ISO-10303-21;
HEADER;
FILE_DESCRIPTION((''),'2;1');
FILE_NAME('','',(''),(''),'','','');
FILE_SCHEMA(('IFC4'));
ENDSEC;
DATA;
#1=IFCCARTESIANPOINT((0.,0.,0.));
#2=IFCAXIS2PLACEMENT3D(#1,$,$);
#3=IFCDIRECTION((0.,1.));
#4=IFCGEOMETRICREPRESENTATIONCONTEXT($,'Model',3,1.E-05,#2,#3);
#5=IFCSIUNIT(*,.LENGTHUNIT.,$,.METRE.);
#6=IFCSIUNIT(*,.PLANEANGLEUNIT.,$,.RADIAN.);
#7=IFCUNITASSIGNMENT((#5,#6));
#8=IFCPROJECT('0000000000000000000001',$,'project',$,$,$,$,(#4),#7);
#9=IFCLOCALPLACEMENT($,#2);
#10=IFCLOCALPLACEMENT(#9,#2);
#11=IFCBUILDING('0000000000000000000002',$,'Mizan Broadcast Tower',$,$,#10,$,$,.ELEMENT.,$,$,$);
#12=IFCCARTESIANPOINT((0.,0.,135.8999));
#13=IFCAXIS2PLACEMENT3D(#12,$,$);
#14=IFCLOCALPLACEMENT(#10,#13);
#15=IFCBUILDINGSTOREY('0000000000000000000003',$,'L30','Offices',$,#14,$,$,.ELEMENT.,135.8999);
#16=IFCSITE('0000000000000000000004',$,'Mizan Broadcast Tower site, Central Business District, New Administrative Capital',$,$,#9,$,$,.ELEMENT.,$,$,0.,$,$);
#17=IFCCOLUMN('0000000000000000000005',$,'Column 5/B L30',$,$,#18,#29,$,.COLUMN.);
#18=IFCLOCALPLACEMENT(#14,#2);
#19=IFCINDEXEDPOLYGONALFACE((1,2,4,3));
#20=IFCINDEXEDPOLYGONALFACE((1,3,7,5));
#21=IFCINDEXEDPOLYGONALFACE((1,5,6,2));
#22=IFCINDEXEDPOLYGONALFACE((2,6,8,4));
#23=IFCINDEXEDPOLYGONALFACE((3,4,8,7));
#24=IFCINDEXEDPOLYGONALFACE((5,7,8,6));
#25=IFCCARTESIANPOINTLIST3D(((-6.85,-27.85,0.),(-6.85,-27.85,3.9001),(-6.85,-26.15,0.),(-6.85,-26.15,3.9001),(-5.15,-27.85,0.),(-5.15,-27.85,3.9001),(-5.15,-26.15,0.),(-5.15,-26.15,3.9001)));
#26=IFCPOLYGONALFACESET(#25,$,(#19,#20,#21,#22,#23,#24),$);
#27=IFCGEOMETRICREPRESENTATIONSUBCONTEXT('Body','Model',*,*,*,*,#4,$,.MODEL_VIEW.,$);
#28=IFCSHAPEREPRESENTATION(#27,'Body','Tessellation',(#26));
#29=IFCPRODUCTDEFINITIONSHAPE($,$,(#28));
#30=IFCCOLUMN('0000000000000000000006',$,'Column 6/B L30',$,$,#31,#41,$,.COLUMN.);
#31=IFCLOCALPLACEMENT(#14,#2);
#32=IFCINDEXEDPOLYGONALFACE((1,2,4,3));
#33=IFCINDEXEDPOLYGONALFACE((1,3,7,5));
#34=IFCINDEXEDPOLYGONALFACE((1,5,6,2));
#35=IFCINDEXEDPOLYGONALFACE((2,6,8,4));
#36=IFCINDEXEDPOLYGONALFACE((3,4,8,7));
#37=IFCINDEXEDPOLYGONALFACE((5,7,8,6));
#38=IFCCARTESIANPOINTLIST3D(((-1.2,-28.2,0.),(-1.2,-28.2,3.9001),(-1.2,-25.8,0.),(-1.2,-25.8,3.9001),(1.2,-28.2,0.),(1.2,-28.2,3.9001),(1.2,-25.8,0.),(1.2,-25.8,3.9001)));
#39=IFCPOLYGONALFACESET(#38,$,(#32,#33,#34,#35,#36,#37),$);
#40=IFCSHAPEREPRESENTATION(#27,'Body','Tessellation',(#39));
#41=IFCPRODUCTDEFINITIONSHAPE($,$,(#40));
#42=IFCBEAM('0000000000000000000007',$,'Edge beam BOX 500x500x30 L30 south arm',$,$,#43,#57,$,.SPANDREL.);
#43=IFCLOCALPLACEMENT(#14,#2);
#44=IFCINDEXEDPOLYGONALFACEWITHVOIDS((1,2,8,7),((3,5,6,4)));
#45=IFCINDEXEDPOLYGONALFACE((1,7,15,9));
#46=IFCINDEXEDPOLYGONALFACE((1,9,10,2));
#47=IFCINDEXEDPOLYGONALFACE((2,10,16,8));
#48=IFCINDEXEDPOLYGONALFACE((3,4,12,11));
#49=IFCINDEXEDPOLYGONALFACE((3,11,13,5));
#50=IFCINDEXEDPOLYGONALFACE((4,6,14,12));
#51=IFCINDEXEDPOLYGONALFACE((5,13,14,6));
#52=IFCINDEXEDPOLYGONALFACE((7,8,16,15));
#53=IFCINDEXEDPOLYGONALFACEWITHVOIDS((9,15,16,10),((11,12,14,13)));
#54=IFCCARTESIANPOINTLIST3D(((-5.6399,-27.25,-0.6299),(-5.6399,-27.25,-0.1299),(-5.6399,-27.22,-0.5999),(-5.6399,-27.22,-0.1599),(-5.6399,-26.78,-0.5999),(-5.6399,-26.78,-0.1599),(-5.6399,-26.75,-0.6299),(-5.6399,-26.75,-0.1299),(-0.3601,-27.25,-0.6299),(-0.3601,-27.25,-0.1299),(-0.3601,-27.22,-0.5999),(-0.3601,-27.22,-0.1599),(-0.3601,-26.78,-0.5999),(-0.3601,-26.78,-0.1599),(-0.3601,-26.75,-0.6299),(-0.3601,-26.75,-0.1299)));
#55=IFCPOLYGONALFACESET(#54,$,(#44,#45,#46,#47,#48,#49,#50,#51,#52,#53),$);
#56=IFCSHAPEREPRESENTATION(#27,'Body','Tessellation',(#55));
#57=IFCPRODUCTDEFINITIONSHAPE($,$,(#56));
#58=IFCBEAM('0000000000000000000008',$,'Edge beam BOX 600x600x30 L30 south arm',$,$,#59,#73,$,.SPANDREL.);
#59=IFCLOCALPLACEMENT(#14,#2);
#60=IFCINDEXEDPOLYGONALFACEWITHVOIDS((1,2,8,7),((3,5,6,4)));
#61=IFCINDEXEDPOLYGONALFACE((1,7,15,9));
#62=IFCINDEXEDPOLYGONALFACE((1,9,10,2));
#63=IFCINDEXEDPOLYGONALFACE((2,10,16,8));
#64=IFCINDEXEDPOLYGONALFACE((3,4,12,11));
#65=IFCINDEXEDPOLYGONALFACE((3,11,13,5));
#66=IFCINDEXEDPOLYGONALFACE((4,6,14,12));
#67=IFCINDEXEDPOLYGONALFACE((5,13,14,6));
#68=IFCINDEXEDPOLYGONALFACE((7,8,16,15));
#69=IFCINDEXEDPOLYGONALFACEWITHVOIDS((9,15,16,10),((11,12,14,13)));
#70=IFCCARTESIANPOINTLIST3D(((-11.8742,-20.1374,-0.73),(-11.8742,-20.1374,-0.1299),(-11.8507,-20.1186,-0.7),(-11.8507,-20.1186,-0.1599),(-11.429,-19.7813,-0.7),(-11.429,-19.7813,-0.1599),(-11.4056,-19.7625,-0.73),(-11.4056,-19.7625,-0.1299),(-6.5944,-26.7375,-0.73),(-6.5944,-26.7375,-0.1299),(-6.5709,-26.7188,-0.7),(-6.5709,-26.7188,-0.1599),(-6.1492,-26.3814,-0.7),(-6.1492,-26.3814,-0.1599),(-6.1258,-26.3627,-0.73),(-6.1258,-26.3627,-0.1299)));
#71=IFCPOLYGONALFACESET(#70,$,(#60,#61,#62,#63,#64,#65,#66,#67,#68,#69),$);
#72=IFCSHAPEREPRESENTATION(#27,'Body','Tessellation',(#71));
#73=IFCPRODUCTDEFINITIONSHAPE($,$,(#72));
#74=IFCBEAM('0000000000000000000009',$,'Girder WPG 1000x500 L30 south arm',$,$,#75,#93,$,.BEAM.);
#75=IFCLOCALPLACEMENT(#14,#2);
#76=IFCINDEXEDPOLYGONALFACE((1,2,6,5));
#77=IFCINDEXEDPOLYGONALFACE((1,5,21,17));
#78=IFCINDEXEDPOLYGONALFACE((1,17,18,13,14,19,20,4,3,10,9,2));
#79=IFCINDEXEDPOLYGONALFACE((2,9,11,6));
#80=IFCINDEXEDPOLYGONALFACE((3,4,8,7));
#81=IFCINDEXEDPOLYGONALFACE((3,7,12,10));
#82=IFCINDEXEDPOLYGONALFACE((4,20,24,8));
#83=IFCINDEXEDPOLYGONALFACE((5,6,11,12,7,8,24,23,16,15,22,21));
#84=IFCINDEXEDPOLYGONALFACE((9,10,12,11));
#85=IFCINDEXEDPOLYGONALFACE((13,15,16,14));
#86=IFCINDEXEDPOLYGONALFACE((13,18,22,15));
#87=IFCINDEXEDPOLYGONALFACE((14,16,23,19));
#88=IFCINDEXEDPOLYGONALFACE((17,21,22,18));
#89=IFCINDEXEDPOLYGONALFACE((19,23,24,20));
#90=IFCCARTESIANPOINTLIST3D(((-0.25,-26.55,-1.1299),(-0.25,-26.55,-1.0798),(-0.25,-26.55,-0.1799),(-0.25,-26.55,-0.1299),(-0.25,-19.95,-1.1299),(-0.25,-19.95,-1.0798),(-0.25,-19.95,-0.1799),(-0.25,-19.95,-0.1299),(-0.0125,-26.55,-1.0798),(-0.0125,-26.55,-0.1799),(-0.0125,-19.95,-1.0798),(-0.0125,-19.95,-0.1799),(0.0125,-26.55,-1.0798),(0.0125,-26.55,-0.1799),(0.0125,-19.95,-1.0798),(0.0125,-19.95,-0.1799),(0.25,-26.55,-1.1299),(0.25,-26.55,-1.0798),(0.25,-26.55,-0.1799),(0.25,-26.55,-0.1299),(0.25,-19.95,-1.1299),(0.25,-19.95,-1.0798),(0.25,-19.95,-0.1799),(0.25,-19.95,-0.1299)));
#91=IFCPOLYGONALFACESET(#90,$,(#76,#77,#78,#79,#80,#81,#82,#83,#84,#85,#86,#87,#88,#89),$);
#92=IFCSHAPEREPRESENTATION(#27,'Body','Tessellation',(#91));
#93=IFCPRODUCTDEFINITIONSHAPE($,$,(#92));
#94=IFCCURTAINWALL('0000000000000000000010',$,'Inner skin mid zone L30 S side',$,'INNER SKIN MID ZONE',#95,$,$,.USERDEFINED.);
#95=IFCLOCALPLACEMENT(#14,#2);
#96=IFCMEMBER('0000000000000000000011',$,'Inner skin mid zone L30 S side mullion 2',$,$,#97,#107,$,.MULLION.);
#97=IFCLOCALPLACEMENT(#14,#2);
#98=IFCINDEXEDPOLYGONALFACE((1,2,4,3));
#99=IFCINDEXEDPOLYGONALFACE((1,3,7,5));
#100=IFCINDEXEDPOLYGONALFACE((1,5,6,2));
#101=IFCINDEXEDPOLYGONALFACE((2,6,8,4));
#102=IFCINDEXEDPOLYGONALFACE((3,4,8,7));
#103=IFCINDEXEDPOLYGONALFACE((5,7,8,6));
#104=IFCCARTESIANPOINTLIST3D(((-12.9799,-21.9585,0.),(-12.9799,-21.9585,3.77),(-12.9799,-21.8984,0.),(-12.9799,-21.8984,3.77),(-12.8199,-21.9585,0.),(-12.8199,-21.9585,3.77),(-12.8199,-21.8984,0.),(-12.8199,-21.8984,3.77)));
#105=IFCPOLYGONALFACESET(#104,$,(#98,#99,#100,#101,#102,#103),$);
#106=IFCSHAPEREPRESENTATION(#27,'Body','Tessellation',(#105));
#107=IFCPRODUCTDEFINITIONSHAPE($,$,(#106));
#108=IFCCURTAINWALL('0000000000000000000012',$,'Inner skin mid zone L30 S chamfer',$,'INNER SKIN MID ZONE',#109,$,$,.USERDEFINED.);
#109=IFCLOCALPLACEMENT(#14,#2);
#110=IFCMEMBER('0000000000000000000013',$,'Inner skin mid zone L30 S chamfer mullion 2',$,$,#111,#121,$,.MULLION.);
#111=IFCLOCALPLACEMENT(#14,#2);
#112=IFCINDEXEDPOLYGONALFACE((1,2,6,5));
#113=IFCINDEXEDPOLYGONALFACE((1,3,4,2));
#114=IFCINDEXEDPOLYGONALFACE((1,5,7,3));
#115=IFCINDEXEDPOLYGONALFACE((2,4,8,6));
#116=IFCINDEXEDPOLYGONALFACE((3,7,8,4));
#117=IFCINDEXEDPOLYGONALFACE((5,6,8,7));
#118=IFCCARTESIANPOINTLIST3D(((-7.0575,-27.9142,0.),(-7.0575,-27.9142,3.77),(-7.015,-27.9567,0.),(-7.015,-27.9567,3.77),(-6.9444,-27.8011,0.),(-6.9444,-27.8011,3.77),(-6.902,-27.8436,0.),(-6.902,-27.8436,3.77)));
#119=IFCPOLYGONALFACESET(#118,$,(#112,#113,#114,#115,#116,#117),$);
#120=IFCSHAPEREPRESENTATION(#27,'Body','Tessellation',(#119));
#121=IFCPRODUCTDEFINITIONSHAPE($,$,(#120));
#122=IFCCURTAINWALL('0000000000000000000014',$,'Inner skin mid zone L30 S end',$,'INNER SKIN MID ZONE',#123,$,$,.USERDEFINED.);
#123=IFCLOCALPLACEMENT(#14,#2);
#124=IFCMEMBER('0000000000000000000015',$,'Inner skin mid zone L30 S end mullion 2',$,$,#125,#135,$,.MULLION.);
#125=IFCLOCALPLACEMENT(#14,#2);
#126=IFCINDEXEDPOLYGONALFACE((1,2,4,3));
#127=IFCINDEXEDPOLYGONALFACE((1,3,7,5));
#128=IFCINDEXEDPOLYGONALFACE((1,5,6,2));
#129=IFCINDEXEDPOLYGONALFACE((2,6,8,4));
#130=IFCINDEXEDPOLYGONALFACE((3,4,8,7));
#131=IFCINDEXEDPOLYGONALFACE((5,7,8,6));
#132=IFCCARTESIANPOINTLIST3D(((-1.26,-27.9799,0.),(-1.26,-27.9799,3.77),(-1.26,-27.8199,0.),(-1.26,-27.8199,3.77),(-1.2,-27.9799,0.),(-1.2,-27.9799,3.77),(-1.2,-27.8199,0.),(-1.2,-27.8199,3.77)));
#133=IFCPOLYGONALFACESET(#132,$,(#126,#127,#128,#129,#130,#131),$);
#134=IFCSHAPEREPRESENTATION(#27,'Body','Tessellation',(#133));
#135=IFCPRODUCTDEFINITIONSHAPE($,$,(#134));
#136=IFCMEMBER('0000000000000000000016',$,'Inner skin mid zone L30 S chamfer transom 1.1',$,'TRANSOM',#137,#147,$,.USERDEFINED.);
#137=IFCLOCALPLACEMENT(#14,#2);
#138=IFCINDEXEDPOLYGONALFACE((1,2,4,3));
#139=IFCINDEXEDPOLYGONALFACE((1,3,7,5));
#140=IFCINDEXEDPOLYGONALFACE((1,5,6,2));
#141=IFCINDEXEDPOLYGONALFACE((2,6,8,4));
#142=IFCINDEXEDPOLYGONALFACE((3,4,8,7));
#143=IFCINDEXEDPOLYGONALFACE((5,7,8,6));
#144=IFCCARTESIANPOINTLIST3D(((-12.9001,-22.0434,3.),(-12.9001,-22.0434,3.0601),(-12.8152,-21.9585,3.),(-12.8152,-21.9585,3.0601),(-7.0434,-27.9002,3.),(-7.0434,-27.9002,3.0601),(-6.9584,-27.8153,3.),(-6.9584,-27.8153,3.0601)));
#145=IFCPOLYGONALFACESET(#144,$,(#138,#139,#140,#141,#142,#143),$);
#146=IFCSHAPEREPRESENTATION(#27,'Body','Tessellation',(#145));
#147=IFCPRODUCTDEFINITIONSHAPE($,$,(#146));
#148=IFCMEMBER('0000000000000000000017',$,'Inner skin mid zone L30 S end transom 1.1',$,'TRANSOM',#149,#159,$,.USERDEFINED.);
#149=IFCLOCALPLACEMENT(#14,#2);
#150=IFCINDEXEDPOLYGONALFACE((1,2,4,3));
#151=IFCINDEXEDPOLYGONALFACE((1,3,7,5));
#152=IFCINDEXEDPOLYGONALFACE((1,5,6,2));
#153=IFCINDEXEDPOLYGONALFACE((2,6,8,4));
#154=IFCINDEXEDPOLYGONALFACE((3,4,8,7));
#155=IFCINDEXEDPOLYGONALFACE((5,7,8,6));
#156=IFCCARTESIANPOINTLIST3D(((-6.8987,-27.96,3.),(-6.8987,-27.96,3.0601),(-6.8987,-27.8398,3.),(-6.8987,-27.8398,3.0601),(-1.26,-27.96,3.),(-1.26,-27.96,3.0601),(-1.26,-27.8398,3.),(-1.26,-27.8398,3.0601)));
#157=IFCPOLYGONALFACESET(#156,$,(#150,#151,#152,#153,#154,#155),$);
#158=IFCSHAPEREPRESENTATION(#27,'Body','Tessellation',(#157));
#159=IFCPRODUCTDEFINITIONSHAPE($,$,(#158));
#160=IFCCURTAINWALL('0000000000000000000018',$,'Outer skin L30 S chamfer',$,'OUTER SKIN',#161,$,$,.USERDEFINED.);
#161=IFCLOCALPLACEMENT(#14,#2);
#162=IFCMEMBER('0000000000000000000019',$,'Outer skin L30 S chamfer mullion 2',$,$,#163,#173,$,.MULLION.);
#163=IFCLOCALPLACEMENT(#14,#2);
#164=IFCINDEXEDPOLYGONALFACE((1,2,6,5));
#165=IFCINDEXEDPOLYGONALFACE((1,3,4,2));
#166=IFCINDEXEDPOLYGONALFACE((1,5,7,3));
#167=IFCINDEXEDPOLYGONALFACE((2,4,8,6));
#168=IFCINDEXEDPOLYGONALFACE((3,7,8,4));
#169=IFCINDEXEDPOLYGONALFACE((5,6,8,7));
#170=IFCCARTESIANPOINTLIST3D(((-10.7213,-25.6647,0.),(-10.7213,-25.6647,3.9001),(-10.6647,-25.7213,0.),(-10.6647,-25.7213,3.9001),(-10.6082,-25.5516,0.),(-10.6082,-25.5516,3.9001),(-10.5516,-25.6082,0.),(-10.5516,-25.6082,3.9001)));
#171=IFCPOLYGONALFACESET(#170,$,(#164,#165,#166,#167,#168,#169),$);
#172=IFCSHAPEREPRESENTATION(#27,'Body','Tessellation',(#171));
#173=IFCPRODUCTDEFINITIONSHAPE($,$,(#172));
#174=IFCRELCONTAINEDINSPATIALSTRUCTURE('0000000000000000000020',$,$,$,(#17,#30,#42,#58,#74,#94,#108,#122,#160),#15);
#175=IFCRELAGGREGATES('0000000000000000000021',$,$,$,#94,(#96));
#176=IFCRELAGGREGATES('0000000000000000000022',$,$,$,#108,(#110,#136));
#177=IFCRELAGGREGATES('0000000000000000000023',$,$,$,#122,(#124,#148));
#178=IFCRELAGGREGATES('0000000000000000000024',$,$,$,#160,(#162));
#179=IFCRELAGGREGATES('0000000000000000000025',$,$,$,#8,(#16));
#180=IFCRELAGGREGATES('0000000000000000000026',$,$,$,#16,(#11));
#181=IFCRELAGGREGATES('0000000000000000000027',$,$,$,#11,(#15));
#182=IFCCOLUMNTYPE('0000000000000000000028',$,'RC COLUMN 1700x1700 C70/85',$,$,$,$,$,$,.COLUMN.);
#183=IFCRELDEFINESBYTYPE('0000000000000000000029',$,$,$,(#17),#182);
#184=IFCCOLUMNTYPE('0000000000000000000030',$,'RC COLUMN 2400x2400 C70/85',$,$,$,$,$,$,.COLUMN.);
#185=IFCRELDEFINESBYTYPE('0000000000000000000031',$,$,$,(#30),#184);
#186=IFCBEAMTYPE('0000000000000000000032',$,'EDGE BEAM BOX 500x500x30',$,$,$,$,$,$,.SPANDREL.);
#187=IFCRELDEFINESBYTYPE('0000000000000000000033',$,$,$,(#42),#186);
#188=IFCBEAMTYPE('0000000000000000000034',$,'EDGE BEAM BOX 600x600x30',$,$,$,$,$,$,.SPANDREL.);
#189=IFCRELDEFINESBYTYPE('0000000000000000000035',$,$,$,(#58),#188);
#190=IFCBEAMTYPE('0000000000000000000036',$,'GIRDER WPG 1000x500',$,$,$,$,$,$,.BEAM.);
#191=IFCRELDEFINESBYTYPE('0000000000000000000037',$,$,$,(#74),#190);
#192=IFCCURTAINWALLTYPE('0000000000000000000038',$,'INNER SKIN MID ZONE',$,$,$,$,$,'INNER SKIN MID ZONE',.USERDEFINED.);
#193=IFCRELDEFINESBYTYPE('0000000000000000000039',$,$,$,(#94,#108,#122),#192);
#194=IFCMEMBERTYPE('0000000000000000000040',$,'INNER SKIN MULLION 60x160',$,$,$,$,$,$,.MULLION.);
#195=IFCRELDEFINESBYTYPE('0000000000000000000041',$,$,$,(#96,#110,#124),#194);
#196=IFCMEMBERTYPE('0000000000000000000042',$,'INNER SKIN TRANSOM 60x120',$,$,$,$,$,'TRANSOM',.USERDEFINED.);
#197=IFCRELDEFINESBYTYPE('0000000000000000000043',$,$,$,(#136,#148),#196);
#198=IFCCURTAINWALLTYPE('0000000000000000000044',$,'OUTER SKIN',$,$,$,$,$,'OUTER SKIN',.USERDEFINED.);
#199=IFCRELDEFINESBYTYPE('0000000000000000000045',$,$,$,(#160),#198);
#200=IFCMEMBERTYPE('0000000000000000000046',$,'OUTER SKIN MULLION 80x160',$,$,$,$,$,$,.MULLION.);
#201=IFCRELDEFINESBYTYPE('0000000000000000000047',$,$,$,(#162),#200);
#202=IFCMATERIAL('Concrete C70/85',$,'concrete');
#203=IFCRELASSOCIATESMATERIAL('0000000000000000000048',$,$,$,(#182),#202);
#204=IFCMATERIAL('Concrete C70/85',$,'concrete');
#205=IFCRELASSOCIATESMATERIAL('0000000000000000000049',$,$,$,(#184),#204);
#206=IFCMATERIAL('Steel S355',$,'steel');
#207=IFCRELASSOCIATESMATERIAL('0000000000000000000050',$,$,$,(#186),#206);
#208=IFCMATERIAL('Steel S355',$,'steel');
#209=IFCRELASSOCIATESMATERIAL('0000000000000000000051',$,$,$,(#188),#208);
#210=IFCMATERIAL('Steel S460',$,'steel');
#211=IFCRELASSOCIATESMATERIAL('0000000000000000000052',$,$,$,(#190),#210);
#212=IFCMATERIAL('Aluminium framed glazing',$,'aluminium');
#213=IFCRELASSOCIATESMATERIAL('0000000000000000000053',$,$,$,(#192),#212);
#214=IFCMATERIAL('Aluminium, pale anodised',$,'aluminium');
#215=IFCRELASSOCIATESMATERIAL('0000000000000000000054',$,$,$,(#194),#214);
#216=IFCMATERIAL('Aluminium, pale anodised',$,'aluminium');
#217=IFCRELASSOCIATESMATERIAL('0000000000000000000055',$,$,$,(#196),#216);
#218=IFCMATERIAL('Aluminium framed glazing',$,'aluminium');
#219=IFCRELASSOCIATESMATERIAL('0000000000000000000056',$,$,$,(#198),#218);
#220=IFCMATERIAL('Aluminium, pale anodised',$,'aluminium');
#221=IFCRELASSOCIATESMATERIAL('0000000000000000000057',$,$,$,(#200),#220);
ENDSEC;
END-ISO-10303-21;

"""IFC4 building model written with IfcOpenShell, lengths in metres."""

from ifc_helpers import new_model, si_unit, direction, frame, origin, origin_2d, place, context, subcontext, project, spatial, rectangle, hollow_rectangle, i_section, extrude, material, material_profile, profile_set, type_object, element, aggregate, save


model = new_model("IFC4")

# Units and contexts
model_context = context("Model", 3, precision=1e-05, world=origin(), true_north=direction((0.0, 1.0)))
body_context = subcontext(model_context, "Body", "Model", "MODEL_VIEW")
ifc_project = project(units=[si_unit("LENGTHUNIT", "METRE"), si_unit("PLANEANGLEUNIT", "RADIAN")], contexts=[model_context])

# Site, building, storey
site_placement = place(None, origin())
site = spatial("IfcSite", under=ifc_project, at=site_placement, Name="Mizan Broadcast Tower site, Central Business District, New Administrative Capital", CompositionType="ELEMENT", RefElevation=0.0)
building_placement = place(site_placement, origin())
building = spatial("IfcBuilding", under=site, at=building_placement, Name="Mizan Broadcast Tower", CompositionType="ELEMENT")
storey_placement = place(building_placement, frame((0.0, 0.0, 135.8999)))
storey = spatial("IfcBuildingStorey", under=building, at=storey_placement, Name="L30", Description="Offices", CompositionType="ELEMENT", Elevation=135.8999)

# Columns
ifc_material_1 = material(Name="Concrete C70/85", Category="concrete")
ifc_material_profile_1 = material_profile(ifc_material_1, rectangle(XDim=1.7, YDim=1.7, at=origin_2d()), Name="RC 1700x1700")
ifc_profile_set_1 = profile_set([ifc_material_profile_1], Name="Concrete C70/85")
column_type_1 = type_object("IfcColumnType", Name="RC COLUMN 1700x1700 C70/85", PredefinedType="COLUMN", material=ifc_profile_set_1)
column_1_placement = place(storey_placement, frame((-6.0, -27.0, 0.0), z_axis=(0.0, 0.0, 1.0), x_axis=(1.0, 0.0, 0.0)))
element("IfcColumn", 1, at=column_1_placement, inside=storey, type_object=column_type_1, Name="Column 5/B L30", PredefinedType="COLUMN", context=body_context, shape_type="SweptSolid", body=[
    extrude(rectangle(XDim=1.7, YDim=1.7, at=origin_2d()), origin(), (0.0, 0.0, 1.0), 3.9001),
])
ifc_material_2 = material(Name="Concrete C70/85", Category="concrete")
ifc_material_profile_2 = material_profile(ifc_material_2, rectangle(XDim=2.3999, YDim=2.3999, at=origin_2d()), Name="RC 2400x2400")
ifc_profile_set_2 = profile_set([ifc_material_profile_2], Name="Concrete C70/85")
column_type_2 = type_object("IfcColumnType", Name="RC COLUMN 2400x2400 C70/85", PredefinedType="COLUMN", material=ifc_profile_set_2)
column_2_placement = place(storey_placement, frame((0.0, -27.0, 0.0), z_axis=(0.0, 0.0, 1.0), x_axis=(1.0, 0.0, 0.0)))
element("IfcColumn", 2, at=column_2_placement, inside=storey, type_object=column_type_2, Name="Column 6/B L30", PredefinedType="COLUMN", context=body_context, shape_type="SweptSolid", body=[
    extrude(rectangle(XDim=2.3999, YDim=2.3999, at=origin_2d()), origin(), (0.0, 0.0, 1.0), 3.9001),
])

# Beams
ifc_material_3 = material(Name="Steel S355", Category="steel")
ifc_material_profile_3 = material_profile(ifc_material_3, hollow_rectangle(XDim=0.5, YDim=0.5, WallThickness=0.03, at=origin_2d()), Name="BOX 500x500x30")
ifc_profile_set_3 = profile_set([ifc_material_profile_3], Name="Steel S355")
beam_type_1 = type_object("IfcBeamType", Name="EDGE BEAM BOX 500x500x30", PredefinedType="SPANDREL", material=ifc_profile_set_3)
beam_1_placement = place(storey_placement, frame((-5.6399, -27.0, -0.3799), z_axis=(1.0, 0.0, 0.0), x_axis=(0.0, 1.0, 0.0)))
element("IfcBeam", 3, at=beam_1_placement, inside=storey, type_object=beam_type_1, Name="Edge beam BOX 500x500x30 L30 south arm", PredefinedType="SPANDREL", context=body_context, shape_type="SweptSolid", body=[
    extrude(hollow_rectangle(XDim=0.5, YDim=0.5, WallThickness=0.03, at=origin_2d()), origin(), (0.0, 0.0, 1.0), 5.2798),
])
ifc_material_4 = material(Name="Steel S355", Category="steel")
ifc_material_profile_4 = material_profile(ifc_material_4, hollow_rectangle(XDim=0.6001, YDim=0.6001, WallThickness=0.03, at=origin_2d()), Name="BOX 600x600x30")
ifc_profile_set_4 = profile_set([ifc_material_profile_4], Name="Steel S355")
beam_type_2 = type_object("IfcBeamType", Name="EDGE BEAM BOX 600x600x30", PredefinedType="SPANDREL", material=ifc_profile_set_4)
beam_2_placement = place(storey_placement, frame((-11.6399, -19.95, -0.4299), z_axis=(0.624674, -0.780886, 0.0), x_axis=(0.780886, 0.624674, 0.0)))
element("IfcBeam", 4, at=beam_2_placement, inside=storey, type_object=beam_type_2, Name="Edge beam BOX 600x600x30 L30 south arm", PredefinedType="SPANDREL", context=body_context, shape_type="SweptSolid", body=[
    extrude(hollow_rectangle(XDim=0.6001, YDim=0.6001, WallThickness=0.03, at=origin_2d()), origin(), (0.0, 0.0, 1.0), 8.4521),
])
ifc_material_5 = material(Name="Steel S460", Category="steel")
ifc_material_profile_5 = material_profile(ifc_material_5, i_section(OverallWidth=0.5, OverallDepth=1.0, WebThickness=0.0249, FlangeThickness=0.05, at=origin_2d()), Name="WPG 1000x500")
ifc_profile_set_5 = profile_set([ifc_material_profile_5], Name="Steel S460")
beam_type_3 = type_object("IfcBeamType", Name="GIRDER WPG 1000x500", PredefinedType="BEAM", material=ifc_profile_set_5)
beam_3_placement = place(storey_placement, frame((0.0, -19.95, -0.6299), z_axis=(0.0, -1.0, 0.0), x_axis=(1.0, 0.0, 0.0)))
element("IfcBeam", 5, at=beam_3_placement, inside=storey, type_object=beam_type_3, Name="Girder WPG 1000x500 L30 south arm", PredefinedType="BEAM", context=body_context, shape_type="SweptSolid", body=[
    extrude(i_section(OverallWidth=0.5, OverallDepth=1.0, WebThickness=0.0249, FlangeThickness=0.05, at=origin_2d()), origin(), (0.0, 0.0, 1.0), 6.6001),
])

# Curtain walls, members
ifc_material_6 = material(Name="Aluminium framed glazing", Category="aluminium")
curtain_wall_type_1 = type_object("IfcCurtainWallType", Name="INNER SKIN MID ZONE", ElementType="INNER SKIN MID ZONE", PredefinedType="USERDEFINED", material=ifc_material_6)
curtain_wall_1_placement = place(storey_placement, origin())
curtain_wall_1 = element("IfcCurtainWall", 6, at=curtain_wall_1_placement, inside=storey, type_object=curtain_wall_type_1, Name="Inner skin mid zone L30 S side", ObjectType="INNER SKIN MID ZONE", PredefinedType="USERDEFINED")
ifc_material_7 = material(Name="Aluminium, pale anodised", Category="aluminium")
ifc_material_profile_6 = material_profile(ifc_material_7, rectangle(XDim=0.1599, YDim=0.0601, at=origin_2d()), Name="MULLION 160x60")
ifc_profile_set_6 = profile_set([ifc_material_profile_6], Name="Aluminium, pale anodised")
member_type_1 = type_object("IfcMemberType", Name="INNER SKIN MULLION 60x160", PredefinedType="MULLION", material=ifc_profile_set_6)
member_1_placement = place(storey_placement, frame((-12.8999, -21.9285, 0.0), z_axis=(0.0, 0.0, 1.0), x_axis=(1.0, 0.0, 0.0)))
member_1 = element("IfcMember", 7, at=member_1_placement, type_object=member_type_1, Name="Inner skin mid zone L30 S side mullion 2", PredefinedType="MULLION", context=body_context, shape_type="SweptSolid", body=[
    extrude(rectangle(XDim=0.1599, YDim=0.0601, at=origin_2d()), origin(), (0.0, 0.0, 1.0), 3.77),
])
curtain_wall_2_placement = place(storey_placement, origin())
curtain_wall_2 = element("IfcCurtainWall", 8, at=curtain_wall_2_placement, inside=storey, type_object=curtain_wall_type_1, Name="Inner skin mid zone L30 S chamfer", ObjectType="INNER SKIN MID ZONE", PredefinedType="USERDEFINED")
member_2_placement = place(storey_placement, frame((-6.9797, -27.8789, 0.0), z_axis=(0.0, 0.0, 1.0), x_axis=(0.707107, 0.707107, 0.0)))
member_2 = element("IfcMember", 9, at=member_2_placement, type_object=member_type_1, Name="Inner skin mid zone L30 S chamfer mullion 2", PredefinedType="MULLION", context=body_context, shape_type="SweptSolid", body=[
    extrude(rectangle(XDim=0.1599, YDim=0.0601, at=origin_2d()), origin(), (0.0, 0.0, 1.0), 3.77),
])
curtain_wall_3_placement = place(storey_placement, origin())
curtain_wall_3 = element("IfcCurtainWall", 10, at=curtain_wall_3_placement, inside=storey, type_object=curtain_wall_type_1, Name="Inner skin mid zone L30 S end", ObjectType="INNER SKIN MID ZONE", PredefinedType="USERDEFINED")
member_3_placement = place(storey_placement, frame((-1.23, -27.8999, 0.0), z_axis=(0.0, 0.0, 1.0), x_axis=(0.0, 1.0, 0.0)))
member_3 = element("IfcMember", 11, at=member_3_placement, type_object=member_type_1, Name="Inner skin mid zone L30 S end mullion 2", PredefinedType="MULLION", context=body_context, shape_type="SweptSolid", body=[
    extrude(rectangle(XDim=0.1599, YDim=0.0601, at=origin_2d()), origin(), (0.0, 0.0, 1.0), 3.77),
])

# Members
ifc_material_8 = material(Name="Aluminium, pale anodised", Category="aluminium")
ifc_material_profile_7 = material_profile(ifc_material_8, rectangle(XDim=0.1201, YDim=0.0601, at=origin_2d()), Name="TRANSOM 120x60")
ifc_profile_set_7 = profile_set([ifc_material_profile_7], Name="Aluminium, pale anodised")
member_type_2 = type_object("IfcMemberType", Name="INNER SKIN TRANSOM 60x120", ElementType="TRANSOM", PredefinedType="USERDEFINED", material=ifc_profile_set_7)
member_4_placement = place(storey_placement, frame((-12.8577, -22.001, 3.03), z_axis=(0.707107, -0.707107, 0.0), x_axis=(0.707107, 0.707107, 0.0)))
member_4 = element("IfcMember", 12, at=member_4_placement, type_object=member_type_2, Name="Inner skin mid zone L30 S chamfer transom 1.1", ObjectType="TRANSOM", PredefinedType="USERDEFINED", context=body_context, shape_type="SweptSolid", body=[
    extrude(rectangle(XDim=0.1201, YDim=0.0601, at=origin_2d()), origin(), (0.0, 0.0, 1.0), 8.2827),
])
member_5_placement = place(storey_placement, frame((-6.8987, -27.8999, 3.03), z_axis=(1.0, 0.0, 0.0), x_axis=(0.0, 1.0, 0.0)))
member_5 = element("IfcMember", 13, at=member_5_placement, type_object=member_type_2, Name="Inner skin mid zone L30 S end transom 1.1", ObjectType="TRANSOM", PredefinedType="USERDEFINED", context=body_context, shape_type="SweptSolid", body=[
    extrude(rectangle(XDim=0.1201, YDim=0.0601, at=origin_2d()), origin(), (0.0, 0.0, 1.0), 5.6387),
])

# Curtain wall, member
ifc_material_9 = material(Name="Aluminium framed glazing", Category="aluminium")
curtain_wall_type_2 = type_object("IfcCurtainWallType", Name="OUTER SKIN", ElementType="OUTER SKIN", PredefinedType="USERDEFINED", material=ifc_material_9)
curtain_wall_4_placement = place(storey_placement, origin())
curtain_wall_4 = element("IfcCurtainWall", 14, at=curtain_wall_4_placement, inside=storey, type_object=curtain_wall_type_2, Name="Outer skin L30 S chamfer", ObjectType="OUTER SKIN", PredefinedType="USERDEFINED")
ifc_material_10 = material(Name="Aluminium, pale anodised", Category="aluminium")
ifc_material_profile_8 = material_profile(ifc_material_10, rectangle(XDim=0.1599, YDim=0.0801, at=origin_2d()), Name="MULLION 160x80")
ifc_profile_set_8 = profile_set([ifc_material_profile_8], Name="Aluminium, pale anodised")
member_type_3 = type_object("IfcMemberType", Name="OUTER SKIN MULLION 80x160", PredefinedType="MULLION", material=ifc_profile_set_8)
member_6_placement = place(storey_placement, frame((-10.6365, -25.6365, 0.0), z_axis=(0.0, 0.0, 1.0), x_axis=(0.707107, 0.707107, 0.0)))
member_6 = element("IfcMember", 15, at=member_6_placement, type_object=member_type_3, Name="Outer skin L30 S chamfer mullion 2", PredefinedType="MULLION", context=body_context, shape_type="SweptSolid", body=[
    extrude(rectangle(XDim=0.1599, YDim=0.0801, at=origin_2d()), origin(), (0.0, 0.0, 1.0), 3.9001),
])

aggregate(curtain_wall_1, [member_1])
aggregate(curtain_wall_2, [member_2, member_4])
aggregate(curtain_wall_3, [member_3, member_5])

aggregate(curtain_wall_4, [member_6])

save(model, "model.ifc")
